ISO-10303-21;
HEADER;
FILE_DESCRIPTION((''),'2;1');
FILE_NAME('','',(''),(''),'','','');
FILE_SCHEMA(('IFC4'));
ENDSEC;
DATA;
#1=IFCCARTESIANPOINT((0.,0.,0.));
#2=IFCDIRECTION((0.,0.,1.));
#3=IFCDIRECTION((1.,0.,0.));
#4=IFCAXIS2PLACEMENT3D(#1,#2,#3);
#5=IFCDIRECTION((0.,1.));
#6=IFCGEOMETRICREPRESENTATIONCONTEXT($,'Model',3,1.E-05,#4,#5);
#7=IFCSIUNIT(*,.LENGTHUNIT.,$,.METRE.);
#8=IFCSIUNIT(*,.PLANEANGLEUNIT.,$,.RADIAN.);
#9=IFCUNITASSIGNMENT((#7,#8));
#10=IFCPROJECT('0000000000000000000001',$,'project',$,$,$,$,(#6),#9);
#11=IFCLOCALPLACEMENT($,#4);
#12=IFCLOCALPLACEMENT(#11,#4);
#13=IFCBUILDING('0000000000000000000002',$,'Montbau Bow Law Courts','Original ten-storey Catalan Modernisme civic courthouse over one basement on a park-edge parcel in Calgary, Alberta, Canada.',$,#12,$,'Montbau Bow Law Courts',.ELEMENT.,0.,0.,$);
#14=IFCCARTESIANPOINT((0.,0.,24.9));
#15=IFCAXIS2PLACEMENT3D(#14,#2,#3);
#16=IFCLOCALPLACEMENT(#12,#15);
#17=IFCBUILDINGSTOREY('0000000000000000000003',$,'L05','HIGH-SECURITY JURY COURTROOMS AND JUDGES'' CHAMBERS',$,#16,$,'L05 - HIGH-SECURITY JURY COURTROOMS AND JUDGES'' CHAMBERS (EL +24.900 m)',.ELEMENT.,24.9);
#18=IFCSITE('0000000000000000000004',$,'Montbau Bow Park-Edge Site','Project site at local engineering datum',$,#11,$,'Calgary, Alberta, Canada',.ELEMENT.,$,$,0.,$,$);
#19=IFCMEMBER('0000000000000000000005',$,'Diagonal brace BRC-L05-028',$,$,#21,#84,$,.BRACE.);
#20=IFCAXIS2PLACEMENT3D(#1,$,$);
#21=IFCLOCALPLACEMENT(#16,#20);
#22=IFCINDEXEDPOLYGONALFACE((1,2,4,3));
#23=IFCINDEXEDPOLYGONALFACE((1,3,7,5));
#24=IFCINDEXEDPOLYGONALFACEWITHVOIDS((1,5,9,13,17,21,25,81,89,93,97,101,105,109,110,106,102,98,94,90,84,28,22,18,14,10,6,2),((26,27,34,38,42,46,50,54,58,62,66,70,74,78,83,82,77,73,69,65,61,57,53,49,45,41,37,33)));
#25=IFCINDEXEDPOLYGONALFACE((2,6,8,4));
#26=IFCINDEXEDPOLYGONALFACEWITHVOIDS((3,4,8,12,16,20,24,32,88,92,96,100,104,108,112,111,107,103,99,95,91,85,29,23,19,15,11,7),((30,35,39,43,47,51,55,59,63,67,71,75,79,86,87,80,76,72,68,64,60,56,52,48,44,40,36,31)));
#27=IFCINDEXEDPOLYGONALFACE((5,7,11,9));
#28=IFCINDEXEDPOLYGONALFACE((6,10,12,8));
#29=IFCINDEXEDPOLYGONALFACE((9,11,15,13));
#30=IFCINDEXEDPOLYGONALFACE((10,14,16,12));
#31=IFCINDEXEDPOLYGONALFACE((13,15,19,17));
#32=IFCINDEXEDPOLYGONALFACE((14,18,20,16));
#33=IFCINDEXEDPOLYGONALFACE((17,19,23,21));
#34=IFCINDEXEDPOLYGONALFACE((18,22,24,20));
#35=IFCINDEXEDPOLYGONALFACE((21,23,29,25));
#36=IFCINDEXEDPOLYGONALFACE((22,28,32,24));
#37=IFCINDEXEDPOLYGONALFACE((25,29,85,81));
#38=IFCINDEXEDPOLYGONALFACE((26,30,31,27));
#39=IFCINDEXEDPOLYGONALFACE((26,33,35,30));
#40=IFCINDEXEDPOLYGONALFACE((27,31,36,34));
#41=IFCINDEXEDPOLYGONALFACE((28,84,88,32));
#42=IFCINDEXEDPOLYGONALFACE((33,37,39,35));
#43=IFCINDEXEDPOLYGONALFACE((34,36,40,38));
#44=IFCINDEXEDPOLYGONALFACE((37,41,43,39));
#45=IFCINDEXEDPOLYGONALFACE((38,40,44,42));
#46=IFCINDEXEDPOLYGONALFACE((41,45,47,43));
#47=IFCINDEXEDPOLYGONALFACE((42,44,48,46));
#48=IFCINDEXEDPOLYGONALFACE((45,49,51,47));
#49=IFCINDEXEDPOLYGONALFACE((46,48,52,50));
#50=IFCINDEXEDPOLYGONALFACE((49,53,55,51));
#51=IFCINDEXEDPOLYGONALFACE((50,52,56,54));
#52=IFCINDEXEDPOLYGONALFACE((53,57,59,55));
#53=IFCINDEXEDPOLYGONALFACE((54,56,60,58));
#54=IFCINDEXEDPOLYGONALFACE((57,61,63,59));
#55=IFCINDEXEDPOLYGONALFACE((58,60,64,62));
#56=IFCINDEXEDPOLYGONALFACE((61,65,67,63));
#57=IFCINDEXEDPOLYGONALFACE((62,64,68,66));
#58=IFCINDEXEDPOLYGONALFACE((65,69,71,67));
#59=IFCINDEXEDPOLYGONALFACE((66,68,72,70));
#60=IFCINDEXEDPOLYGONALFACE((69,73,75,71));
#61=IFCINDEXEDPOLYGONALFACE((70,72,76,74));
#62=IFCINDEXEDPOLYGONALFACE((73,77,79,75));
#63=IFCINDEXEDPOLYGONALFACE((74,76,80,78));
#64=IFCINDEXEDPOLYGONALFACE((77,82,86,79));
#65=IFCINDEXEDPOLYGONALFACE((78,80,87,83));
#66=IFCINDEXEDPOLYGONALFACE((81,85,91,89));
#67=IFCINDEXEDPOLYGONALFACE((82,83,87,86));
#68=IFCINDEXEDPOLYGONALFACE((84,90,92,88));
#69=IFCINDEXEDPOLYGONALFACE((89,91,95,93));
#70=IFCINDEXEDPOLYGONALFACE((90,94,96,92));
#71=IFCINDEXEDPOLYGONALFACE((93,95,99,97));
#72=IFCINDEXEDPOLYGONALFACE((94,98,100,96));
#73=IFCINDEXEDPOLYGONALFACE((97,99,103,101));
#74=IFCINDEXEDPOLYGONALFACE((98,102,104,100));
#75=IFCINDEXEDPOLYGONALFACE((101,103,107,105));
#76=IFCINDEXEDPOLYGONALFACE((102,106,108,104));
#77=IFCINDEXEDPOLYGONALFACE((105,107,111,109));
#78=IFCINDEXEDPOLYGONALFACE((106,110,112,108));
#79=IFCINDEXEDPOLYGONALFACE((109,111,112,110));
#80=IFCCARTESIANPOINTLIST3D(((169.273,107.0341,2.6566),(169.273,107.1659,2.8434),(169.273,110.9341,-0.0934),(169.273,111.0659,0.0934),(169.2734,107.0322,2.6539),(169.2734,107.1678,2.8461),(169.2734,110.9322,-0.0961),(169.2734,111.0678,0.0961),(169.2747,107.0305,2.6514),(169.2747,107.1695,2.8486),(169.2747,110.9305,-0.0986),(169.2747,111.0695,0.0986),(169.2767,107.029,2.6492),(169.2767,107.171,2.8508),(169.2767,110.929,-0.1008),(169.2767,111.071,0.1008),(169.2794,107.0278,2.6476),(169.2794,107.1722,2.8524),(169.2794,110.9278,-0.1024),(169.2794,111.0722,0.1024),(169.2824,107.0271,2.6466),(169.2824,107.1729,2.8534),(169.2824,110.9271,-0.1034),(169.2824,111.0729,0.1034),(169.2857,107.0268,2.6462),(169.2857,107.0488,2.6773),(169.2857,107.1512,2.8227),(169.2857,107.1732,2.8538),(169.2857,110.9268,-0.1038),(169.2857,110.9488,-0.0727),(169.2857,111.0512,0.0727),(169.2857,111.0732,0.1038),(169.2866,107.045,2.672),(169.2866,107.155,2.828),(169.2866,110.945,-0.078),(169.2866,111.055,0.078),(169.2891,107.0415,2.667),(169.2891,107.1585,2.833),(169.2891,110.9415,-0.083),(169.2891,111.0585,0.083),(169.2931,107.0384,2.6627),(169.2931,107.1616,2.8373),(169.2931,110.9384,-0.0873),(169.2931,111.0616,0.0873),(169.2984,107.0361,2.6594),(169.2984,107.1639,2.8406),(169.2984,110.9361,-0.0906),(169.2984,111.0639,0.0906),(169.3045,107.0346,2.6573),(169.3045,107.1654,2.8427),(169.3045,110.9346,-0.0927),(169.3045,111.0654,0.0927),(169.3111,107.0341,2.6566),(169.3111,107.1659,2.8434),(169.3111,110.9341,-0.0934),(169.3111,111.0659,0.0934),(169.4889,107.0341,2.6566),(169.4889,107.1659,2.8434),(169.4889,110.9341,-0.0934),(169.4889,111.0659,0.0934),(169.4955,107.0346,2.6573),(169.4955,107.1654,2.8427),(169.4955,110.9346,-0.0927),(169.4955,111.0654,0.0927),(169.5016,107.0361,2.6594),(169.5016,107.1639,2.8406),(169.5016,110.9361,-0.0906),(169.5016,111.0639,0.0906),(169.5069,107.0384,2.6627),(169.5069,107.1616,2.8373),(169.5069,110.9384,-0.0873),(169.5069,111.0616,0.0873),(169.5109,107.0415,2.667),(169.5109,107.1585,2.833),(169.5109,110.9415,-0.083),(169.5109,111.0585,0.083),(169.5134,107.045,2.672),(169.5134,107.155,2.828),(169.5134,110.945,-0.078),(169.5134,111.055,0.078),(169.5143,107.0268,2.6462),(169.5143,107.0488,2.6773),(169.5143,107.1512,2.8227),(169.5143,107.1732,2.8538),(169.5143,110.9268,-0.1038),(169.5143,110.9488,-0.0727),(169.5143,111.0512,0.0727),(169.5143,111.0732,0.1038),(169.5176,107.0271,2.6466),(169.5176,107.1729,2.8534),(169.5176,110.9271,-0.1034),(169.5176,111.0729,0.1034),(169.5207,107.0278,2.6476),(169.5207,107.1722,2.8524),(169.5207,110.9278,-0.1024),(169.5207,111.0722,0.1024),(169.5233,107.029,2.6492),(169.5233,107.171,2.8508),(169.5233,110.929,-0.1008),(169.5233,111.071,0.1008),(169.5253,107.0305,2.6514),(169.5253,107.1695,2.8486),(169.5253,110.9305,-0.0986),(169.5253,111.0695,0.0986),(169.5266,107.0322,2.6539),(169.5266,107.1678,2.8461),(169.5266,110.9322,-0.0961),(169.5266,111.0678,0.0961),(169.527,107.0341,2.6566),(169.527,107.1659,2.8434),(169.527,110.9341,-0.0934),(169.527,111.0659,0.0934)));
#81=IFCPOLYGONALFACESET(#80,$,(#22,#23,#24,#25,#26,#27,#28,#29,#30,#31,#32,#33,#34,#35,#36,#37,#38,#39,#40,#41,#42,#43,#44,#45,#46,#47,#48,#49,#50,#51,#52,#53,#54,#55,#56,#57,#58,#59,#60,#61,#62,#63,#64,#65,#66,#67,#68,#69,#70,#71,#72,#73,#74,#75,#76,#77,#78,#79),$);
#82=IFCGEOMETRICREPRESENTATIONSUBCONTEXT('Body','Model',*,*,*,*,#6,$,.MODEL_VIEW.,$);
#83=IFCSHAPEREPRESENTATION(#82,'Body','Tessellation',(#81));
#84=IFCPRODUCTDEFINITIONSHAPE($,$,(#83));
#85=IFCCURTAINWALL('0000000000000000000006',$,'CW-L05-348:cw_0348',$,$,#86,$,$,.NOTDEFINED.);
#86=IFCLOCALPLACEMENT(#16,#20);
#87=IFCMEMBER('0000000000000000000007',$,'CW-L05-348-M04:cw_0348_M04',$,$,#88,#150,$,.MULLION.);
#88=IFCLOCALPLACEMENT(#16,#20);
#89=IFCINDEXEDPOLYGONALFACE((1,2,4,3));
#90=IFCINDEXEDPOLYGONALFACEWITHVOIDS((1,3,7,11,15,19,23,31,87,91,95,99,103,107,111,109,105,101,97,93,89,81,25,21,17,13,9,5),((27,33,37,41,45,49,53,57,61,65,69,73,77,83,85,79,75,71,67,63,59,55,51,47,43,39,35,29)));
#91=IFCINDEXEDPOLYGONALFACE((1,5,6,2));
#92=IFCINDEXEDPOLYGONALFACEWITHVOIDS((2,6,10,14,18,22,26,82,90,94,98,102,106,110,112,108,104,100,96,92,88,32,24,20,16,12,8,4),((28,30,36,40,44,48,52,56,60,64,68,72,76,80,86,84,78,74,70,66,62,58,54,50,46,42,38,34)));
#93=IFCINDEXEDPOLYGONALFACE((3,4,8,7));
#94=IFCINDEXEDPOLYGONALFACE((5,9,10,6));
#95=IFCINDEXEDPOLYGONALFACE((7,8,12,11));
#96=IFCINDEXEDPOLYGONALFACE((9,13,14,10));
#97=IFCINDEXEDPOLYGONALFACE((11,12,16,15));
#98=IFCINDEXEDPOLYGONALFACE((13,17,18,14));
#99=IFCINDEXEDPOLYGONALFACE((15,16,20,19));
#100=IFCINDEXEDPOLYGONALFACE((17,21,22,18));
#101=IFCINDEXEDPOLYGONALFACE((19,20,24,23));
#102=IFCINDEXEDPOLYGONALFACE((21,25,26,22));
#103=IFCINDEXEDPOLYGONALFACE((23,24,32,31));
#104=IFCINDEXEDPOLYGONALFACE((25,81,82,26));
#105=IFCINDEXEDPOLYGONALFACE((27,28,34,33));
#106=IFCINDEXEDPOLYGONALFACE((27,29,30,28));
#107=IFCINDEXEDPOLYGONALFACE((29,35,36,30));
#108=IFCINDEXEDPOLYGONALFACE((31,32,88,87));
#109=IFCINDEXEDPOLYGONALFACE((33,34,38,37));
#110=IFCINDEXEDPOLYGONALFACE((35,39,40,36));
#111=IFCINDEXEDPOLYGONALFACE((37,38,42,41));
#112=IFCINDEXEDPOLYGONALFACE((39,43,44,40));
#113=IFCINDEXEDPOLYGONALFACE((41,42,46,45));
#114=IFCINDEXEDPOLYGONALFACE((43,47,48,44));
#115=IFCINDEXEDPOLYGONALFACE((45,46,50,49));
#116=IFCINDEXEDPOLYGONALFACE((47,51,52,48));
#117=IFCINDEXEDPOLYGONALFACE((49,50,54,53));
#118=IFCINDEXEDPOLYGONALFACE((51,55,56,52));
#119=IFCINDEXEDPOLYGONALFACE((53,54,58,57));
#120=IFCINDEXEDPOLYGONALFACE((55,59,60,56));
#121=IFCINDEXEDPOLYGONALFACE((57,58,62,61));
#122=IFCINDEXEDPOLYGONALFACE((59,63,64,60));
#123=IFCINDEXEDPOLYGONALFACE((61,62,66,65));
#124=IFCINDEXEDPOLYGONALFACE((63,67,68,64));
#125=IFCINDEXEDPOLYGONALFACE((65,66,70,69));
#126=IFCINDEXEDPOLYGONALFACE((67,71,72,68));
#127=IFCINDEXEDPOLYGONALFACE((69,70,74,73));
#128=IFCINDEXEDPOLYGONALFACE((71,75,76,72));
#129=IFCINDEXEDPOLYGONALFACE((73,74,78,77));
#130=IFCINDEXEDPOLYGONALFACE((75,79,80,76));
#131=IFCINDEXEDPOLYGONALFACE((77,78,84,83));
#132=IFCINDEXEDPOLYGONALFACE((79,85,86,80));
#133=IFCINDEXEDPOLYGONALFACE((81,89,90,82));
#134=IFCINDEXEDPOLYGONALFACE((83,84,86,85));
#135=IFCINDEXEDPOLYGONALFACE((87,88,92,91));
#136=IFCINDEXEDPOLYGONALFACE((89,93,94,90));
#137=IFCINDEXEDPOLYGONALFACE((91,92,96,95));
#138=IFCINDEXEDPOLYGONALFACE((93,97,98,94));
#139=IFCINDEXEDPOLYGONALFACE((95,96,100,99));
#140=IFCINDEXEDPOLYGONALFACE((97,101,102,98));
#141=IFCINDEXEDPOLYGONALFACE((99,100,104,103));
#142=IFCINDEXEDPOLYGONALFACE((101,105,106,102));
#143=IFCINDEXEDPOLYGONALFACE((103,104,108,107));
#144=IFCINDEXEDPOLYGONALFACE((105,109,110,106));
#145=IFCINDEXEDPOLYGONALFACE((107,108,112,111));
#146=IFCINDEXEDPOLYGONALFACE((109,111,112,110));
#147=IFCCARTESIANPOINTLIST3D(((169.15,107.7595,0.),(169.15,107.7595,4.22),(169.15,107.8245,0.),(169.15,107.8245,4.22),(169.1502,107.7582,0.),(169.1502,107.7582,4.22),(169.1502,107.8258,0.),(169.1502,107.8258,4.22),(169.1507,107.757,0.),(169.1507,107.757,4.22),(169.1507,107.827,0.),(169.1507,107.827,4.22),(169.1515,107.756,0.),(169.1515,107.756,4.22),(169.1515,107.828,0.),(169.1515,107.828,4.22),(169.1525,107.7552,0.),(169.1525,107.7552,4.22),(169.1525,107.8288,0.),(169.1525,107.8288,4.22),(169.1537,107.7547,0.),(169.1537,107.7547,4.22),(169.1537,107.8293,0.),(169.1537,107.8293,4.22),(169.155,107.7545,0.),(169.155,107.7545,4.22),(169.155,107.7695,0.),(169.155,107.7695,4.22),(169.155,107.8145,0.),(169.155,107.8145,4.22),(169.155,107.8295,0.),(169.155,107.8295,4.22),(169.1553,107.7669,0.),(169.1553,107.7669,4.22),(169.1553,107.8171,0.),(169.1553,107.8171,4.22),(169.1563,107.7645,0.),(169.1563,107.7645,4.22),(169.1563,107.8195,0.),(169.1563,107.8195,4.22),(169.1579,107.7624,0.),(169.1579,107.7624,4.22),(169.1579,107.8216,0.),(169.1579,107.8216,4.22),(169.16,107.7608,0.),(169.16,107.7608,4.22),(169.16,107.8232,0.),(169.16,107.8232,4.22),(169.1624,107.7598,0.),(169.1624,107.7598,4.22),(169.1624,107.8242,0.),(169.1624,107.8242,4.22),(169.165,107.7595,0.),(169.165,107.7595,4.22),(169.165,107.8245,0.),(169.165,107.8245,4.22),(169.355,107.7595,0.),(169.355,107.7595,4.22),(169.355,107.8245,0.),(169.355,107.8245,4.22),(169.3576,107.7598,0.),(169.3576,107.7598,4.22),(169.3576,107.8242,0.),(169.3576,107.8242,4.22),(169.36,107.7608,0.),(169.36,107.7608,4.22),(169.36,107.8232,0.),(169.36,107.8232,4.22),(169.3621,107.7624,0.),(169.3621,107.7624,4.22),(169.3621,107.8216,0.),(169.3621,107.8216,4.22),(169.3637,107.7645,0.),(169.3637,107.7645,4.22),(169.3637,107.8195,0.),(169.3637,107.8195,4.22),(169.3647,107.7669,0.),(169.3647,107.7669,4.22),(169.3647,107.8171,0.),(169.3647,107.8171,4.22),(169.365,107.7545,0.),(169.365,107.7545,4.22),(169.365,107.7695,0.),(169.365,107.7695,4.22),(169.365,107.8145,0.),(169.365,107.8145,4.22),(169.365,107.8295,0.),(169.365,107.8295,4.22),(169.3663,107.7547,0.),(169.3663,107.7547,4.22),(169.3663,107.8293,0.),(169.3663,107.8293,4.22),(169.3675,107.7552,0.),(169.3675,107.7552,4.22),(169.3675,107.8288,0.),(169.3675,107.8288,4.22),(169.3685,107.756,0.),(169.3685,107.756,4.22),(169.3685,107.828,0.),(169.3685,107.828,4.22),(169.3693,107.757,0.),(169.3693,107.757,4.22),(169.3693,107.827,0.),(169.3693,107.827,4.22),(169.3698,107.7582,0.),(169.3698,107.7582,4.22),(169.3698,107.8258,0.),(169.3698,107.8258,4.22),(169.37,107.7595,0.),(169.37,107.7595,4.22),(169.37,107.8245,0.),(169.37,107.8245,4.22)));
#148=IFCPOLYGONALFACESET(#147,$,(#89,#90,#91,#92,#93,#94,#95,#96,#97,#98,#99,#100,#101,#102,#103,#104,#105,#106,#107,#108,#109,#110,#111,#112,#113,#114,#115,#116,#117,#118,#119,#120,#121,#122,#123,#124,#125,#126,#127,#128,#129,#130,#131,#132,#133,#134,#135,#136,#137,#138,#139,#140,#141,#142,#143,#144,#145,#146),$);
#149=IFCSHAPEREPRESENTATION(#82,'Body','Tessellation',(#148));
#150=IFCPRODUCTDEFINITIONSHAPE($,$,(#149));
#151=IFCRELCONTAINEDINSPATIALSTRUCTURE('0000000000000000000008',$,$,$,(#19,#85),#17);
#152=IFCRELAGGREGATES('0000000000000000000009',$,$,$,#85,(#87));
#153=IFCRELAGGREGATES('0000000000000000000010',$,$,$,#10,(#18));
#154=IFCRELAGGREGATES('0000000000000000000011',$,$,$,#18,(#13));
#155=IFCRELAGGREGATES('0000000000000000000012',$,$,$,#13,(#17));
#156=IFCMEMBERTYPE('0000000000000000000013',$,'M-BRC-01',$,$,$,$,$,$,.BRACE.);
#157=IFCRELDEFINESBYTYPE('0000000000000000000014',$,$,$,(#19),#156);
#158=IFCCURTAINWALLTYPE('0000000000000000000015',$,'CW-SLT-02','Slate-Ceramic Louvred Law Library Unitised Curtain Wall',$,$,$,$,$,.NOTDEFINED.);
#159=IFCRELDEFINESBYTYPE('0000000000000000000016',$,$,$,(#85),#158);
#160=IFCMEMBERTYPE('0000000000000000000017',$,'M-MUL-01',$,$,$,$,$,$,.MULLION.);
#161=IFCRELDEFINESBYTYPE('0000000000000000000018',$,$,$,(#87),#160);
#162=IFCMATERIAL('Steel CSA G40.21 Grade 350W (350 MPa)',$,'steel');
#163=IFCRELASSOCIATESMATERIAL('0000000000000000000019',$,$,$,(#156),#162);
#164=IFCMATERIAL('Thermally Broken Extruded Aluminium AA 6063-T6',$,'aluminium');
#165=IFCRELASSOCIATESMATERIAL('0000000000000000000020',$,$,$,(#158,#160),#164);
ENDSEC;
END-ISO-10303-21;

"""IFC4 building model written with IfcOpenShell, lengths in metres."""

from ifc_helpers import new_model, si_unit, direction, frame, origin_with_axes, origin_2d_with_axis, place, context, subcontext, project, spatial, hollow_rectangle, extrude, material, material_profile, profile_set, type_object, element, aggregate, save


model = new_model("IFC4")

# Units and contexts
model_context = context("Model", 3, precision=1e-05, world=origin_with_axes(), true_north=direction((0.0, 1.0)))
body_context = subcontext(model_context, "Body", "Model", "MODEL_VIEW")
ifc_project = project(units=[si_unit("LENGTHUNIT", "METRE"), si_unit("PLANEANGLEUNIT", "RADIAN")], contexts=[model_context])

# Site, building, storey
site_placement = place(None, origin_with_axes())
site = spatial("IfcSite", under=ifc_project, at=site_placement, Name="Montbau Bow Park-Edge Site", Description="Project site at local engineering datum", LongName="Calgary, Alberta, Canada", CompositionType="ELEMENT", RefElevation=0.0)
building_placement = place(site_placement, origin_with_axes())
building = spatial("IfcBuilding", under=site, at=building_placement, Name="Montbau Bow Law Courts", Description="Original ten-storey Catalan Modernisme civic courthouse over one basement on a park-edge parcel in Calgary, Alberta, Canada.", LongName="Montbau Bow Law Courts", CompositionType="ELEMENT", ElevationOfRefHeight=0.0, ElevationOfTerrain=0.0)
storey_placement = place(building_placement, frame((0.0, 0.0, 24.9), z_axis=(0.0, 0.0, 1.0), x_axis=(1.0, 0.0, 0.0)))
storey = spatial("IfcBuildingStorey", under=building, at=storey_placement, Name="L05", Description="HIGH-SECURITY JURY COURTROOMS AND JUDGES' CHAMBERS", LongName="L05 - HIGH-SECURITY JURY COURTROOMS AND JUDGES' CHAMBERS (EL +24.900 m)", CompositionType="ELEMENT", Elevation=24.9)

# Member
ifc_material_1 = material(Name="Steel CSA G40.21 Grade 350W (350 MPa)", Category="steel")
ifc_material_profile_1 = material_profile(ifc_material_1, hollow_rectangle(XDim=0.254, YDim=0.254, WallThickness=0.0127, InnerFilletRadius=0.0254, OuterFilletRadius=0.0127, at=origin_2d_with_axis()), Name="HSS254X254X13", Category="Main", Priority=0)
ifc_profile_set_1 = profile_set([ifc_material_profile_1], Name="Steel CSA G40.21 Grade 350W (350 MPa)")
member_type_1 = type_object("IfcMemberType", Name="M-BRC-01", PredefinedType="BRACE", material=ifc_profile_set_1)
member_1_placement = place(None, frame((169.4, 107.1, 27.65), z_axis=(0.0, 0.817258, -0.576272), x_axis=(-1.0, 0.0, 0.0)))
element("IfcMember", 1, at=member_1_placement, inside=storey, type_object=member_type_1, Name="Diagonal brace BRC-L05-028", PredefinedType="BRACE", context=body_context, shape_type="SweptSolid", body=[
    extrude(hollow_rectangle(XDim=0.254, YDim=0.254, WallThickness=0.0127, InnerFilletRadius=0.0254, OuterFilletRadius=0.0127, at=origin_2d_with_axis()), origin_with_axes(), (0.0, 0.0, 1.0), 4.7721),
])

# Curtain wall, member
ifc_material_2 = material(Name="Thermally Broken Extruded Aluminium AA 6063-T6", Category="aluminium")
curtain_wall_type = type_object("IfcCurtainWallType", Name="CW-SLT-02", Description="Slate-Ceramic Louvred Law Library Unitised Curtain Wall", PredefinedType="NOTDEFINED", material=ifc_material_2)
curtain_wall_placement = place(None, frame((169.26, 103.64, 24.9), z_axis=(0.0, 0.0, 1.0), x_axis=(1.0, 0.0, 0.0)))
curtain_wall = element("IfcCurtainWall", 2, at=curtain_wall_placement, inside=storey, type_object=curtain_wall_type, Name="CW-L05-348:cw_0348", PredefinedType="NOTDEFINED")
ifc_material_profile_2 = material_profile(ifc_material_2, hollow_rectangle(XDim=0.075, YDim=0.22, WallThickness=0.005, InnerFilletRadius=0.01, OuterFilletRadius=0.005, at=origin_2d_with_axis()), Name="CWM-220X75", Category="Main", Priority=0)
ifc_profile_set_2 = profile_set([ifc_material_profile_2], Name="Thermally Broken Extruded Aluminium AA 6063-T6")
member_type_2 = type_object("IfcMemberType", Name="M-MUL-01", PredefinedType="MULLION", material=ifc_profile_set_2)
member_2_placement = place(None, frame((169.26, 107.792, 24.9), z_axis=(0.0, 0.0, 1.0), x_axis=(0.0, 1.0, 0.0)))
member_2 = element("IfcMember", 3, at=member_2_placement, type_object=member_type_2, Name="CW-L05-348-M04:cw_0348_M04", PredefinedType="MULLION", context=body_context, shape_type="SweptSolid", body=[
    extrude(hollow_rectangle(XDim=0.075, YDim=0.22, WallThickness=0.005, InnerFilletRadius=0.01, OuterFilletRadius=0.005, at=origin_2d_with_axis()), origin_with_axes(), (0.0, 0.0, 1.0), 4.22),
])

aggregate(curtain_wall, [member_2])

save(model, "model.ifc")
